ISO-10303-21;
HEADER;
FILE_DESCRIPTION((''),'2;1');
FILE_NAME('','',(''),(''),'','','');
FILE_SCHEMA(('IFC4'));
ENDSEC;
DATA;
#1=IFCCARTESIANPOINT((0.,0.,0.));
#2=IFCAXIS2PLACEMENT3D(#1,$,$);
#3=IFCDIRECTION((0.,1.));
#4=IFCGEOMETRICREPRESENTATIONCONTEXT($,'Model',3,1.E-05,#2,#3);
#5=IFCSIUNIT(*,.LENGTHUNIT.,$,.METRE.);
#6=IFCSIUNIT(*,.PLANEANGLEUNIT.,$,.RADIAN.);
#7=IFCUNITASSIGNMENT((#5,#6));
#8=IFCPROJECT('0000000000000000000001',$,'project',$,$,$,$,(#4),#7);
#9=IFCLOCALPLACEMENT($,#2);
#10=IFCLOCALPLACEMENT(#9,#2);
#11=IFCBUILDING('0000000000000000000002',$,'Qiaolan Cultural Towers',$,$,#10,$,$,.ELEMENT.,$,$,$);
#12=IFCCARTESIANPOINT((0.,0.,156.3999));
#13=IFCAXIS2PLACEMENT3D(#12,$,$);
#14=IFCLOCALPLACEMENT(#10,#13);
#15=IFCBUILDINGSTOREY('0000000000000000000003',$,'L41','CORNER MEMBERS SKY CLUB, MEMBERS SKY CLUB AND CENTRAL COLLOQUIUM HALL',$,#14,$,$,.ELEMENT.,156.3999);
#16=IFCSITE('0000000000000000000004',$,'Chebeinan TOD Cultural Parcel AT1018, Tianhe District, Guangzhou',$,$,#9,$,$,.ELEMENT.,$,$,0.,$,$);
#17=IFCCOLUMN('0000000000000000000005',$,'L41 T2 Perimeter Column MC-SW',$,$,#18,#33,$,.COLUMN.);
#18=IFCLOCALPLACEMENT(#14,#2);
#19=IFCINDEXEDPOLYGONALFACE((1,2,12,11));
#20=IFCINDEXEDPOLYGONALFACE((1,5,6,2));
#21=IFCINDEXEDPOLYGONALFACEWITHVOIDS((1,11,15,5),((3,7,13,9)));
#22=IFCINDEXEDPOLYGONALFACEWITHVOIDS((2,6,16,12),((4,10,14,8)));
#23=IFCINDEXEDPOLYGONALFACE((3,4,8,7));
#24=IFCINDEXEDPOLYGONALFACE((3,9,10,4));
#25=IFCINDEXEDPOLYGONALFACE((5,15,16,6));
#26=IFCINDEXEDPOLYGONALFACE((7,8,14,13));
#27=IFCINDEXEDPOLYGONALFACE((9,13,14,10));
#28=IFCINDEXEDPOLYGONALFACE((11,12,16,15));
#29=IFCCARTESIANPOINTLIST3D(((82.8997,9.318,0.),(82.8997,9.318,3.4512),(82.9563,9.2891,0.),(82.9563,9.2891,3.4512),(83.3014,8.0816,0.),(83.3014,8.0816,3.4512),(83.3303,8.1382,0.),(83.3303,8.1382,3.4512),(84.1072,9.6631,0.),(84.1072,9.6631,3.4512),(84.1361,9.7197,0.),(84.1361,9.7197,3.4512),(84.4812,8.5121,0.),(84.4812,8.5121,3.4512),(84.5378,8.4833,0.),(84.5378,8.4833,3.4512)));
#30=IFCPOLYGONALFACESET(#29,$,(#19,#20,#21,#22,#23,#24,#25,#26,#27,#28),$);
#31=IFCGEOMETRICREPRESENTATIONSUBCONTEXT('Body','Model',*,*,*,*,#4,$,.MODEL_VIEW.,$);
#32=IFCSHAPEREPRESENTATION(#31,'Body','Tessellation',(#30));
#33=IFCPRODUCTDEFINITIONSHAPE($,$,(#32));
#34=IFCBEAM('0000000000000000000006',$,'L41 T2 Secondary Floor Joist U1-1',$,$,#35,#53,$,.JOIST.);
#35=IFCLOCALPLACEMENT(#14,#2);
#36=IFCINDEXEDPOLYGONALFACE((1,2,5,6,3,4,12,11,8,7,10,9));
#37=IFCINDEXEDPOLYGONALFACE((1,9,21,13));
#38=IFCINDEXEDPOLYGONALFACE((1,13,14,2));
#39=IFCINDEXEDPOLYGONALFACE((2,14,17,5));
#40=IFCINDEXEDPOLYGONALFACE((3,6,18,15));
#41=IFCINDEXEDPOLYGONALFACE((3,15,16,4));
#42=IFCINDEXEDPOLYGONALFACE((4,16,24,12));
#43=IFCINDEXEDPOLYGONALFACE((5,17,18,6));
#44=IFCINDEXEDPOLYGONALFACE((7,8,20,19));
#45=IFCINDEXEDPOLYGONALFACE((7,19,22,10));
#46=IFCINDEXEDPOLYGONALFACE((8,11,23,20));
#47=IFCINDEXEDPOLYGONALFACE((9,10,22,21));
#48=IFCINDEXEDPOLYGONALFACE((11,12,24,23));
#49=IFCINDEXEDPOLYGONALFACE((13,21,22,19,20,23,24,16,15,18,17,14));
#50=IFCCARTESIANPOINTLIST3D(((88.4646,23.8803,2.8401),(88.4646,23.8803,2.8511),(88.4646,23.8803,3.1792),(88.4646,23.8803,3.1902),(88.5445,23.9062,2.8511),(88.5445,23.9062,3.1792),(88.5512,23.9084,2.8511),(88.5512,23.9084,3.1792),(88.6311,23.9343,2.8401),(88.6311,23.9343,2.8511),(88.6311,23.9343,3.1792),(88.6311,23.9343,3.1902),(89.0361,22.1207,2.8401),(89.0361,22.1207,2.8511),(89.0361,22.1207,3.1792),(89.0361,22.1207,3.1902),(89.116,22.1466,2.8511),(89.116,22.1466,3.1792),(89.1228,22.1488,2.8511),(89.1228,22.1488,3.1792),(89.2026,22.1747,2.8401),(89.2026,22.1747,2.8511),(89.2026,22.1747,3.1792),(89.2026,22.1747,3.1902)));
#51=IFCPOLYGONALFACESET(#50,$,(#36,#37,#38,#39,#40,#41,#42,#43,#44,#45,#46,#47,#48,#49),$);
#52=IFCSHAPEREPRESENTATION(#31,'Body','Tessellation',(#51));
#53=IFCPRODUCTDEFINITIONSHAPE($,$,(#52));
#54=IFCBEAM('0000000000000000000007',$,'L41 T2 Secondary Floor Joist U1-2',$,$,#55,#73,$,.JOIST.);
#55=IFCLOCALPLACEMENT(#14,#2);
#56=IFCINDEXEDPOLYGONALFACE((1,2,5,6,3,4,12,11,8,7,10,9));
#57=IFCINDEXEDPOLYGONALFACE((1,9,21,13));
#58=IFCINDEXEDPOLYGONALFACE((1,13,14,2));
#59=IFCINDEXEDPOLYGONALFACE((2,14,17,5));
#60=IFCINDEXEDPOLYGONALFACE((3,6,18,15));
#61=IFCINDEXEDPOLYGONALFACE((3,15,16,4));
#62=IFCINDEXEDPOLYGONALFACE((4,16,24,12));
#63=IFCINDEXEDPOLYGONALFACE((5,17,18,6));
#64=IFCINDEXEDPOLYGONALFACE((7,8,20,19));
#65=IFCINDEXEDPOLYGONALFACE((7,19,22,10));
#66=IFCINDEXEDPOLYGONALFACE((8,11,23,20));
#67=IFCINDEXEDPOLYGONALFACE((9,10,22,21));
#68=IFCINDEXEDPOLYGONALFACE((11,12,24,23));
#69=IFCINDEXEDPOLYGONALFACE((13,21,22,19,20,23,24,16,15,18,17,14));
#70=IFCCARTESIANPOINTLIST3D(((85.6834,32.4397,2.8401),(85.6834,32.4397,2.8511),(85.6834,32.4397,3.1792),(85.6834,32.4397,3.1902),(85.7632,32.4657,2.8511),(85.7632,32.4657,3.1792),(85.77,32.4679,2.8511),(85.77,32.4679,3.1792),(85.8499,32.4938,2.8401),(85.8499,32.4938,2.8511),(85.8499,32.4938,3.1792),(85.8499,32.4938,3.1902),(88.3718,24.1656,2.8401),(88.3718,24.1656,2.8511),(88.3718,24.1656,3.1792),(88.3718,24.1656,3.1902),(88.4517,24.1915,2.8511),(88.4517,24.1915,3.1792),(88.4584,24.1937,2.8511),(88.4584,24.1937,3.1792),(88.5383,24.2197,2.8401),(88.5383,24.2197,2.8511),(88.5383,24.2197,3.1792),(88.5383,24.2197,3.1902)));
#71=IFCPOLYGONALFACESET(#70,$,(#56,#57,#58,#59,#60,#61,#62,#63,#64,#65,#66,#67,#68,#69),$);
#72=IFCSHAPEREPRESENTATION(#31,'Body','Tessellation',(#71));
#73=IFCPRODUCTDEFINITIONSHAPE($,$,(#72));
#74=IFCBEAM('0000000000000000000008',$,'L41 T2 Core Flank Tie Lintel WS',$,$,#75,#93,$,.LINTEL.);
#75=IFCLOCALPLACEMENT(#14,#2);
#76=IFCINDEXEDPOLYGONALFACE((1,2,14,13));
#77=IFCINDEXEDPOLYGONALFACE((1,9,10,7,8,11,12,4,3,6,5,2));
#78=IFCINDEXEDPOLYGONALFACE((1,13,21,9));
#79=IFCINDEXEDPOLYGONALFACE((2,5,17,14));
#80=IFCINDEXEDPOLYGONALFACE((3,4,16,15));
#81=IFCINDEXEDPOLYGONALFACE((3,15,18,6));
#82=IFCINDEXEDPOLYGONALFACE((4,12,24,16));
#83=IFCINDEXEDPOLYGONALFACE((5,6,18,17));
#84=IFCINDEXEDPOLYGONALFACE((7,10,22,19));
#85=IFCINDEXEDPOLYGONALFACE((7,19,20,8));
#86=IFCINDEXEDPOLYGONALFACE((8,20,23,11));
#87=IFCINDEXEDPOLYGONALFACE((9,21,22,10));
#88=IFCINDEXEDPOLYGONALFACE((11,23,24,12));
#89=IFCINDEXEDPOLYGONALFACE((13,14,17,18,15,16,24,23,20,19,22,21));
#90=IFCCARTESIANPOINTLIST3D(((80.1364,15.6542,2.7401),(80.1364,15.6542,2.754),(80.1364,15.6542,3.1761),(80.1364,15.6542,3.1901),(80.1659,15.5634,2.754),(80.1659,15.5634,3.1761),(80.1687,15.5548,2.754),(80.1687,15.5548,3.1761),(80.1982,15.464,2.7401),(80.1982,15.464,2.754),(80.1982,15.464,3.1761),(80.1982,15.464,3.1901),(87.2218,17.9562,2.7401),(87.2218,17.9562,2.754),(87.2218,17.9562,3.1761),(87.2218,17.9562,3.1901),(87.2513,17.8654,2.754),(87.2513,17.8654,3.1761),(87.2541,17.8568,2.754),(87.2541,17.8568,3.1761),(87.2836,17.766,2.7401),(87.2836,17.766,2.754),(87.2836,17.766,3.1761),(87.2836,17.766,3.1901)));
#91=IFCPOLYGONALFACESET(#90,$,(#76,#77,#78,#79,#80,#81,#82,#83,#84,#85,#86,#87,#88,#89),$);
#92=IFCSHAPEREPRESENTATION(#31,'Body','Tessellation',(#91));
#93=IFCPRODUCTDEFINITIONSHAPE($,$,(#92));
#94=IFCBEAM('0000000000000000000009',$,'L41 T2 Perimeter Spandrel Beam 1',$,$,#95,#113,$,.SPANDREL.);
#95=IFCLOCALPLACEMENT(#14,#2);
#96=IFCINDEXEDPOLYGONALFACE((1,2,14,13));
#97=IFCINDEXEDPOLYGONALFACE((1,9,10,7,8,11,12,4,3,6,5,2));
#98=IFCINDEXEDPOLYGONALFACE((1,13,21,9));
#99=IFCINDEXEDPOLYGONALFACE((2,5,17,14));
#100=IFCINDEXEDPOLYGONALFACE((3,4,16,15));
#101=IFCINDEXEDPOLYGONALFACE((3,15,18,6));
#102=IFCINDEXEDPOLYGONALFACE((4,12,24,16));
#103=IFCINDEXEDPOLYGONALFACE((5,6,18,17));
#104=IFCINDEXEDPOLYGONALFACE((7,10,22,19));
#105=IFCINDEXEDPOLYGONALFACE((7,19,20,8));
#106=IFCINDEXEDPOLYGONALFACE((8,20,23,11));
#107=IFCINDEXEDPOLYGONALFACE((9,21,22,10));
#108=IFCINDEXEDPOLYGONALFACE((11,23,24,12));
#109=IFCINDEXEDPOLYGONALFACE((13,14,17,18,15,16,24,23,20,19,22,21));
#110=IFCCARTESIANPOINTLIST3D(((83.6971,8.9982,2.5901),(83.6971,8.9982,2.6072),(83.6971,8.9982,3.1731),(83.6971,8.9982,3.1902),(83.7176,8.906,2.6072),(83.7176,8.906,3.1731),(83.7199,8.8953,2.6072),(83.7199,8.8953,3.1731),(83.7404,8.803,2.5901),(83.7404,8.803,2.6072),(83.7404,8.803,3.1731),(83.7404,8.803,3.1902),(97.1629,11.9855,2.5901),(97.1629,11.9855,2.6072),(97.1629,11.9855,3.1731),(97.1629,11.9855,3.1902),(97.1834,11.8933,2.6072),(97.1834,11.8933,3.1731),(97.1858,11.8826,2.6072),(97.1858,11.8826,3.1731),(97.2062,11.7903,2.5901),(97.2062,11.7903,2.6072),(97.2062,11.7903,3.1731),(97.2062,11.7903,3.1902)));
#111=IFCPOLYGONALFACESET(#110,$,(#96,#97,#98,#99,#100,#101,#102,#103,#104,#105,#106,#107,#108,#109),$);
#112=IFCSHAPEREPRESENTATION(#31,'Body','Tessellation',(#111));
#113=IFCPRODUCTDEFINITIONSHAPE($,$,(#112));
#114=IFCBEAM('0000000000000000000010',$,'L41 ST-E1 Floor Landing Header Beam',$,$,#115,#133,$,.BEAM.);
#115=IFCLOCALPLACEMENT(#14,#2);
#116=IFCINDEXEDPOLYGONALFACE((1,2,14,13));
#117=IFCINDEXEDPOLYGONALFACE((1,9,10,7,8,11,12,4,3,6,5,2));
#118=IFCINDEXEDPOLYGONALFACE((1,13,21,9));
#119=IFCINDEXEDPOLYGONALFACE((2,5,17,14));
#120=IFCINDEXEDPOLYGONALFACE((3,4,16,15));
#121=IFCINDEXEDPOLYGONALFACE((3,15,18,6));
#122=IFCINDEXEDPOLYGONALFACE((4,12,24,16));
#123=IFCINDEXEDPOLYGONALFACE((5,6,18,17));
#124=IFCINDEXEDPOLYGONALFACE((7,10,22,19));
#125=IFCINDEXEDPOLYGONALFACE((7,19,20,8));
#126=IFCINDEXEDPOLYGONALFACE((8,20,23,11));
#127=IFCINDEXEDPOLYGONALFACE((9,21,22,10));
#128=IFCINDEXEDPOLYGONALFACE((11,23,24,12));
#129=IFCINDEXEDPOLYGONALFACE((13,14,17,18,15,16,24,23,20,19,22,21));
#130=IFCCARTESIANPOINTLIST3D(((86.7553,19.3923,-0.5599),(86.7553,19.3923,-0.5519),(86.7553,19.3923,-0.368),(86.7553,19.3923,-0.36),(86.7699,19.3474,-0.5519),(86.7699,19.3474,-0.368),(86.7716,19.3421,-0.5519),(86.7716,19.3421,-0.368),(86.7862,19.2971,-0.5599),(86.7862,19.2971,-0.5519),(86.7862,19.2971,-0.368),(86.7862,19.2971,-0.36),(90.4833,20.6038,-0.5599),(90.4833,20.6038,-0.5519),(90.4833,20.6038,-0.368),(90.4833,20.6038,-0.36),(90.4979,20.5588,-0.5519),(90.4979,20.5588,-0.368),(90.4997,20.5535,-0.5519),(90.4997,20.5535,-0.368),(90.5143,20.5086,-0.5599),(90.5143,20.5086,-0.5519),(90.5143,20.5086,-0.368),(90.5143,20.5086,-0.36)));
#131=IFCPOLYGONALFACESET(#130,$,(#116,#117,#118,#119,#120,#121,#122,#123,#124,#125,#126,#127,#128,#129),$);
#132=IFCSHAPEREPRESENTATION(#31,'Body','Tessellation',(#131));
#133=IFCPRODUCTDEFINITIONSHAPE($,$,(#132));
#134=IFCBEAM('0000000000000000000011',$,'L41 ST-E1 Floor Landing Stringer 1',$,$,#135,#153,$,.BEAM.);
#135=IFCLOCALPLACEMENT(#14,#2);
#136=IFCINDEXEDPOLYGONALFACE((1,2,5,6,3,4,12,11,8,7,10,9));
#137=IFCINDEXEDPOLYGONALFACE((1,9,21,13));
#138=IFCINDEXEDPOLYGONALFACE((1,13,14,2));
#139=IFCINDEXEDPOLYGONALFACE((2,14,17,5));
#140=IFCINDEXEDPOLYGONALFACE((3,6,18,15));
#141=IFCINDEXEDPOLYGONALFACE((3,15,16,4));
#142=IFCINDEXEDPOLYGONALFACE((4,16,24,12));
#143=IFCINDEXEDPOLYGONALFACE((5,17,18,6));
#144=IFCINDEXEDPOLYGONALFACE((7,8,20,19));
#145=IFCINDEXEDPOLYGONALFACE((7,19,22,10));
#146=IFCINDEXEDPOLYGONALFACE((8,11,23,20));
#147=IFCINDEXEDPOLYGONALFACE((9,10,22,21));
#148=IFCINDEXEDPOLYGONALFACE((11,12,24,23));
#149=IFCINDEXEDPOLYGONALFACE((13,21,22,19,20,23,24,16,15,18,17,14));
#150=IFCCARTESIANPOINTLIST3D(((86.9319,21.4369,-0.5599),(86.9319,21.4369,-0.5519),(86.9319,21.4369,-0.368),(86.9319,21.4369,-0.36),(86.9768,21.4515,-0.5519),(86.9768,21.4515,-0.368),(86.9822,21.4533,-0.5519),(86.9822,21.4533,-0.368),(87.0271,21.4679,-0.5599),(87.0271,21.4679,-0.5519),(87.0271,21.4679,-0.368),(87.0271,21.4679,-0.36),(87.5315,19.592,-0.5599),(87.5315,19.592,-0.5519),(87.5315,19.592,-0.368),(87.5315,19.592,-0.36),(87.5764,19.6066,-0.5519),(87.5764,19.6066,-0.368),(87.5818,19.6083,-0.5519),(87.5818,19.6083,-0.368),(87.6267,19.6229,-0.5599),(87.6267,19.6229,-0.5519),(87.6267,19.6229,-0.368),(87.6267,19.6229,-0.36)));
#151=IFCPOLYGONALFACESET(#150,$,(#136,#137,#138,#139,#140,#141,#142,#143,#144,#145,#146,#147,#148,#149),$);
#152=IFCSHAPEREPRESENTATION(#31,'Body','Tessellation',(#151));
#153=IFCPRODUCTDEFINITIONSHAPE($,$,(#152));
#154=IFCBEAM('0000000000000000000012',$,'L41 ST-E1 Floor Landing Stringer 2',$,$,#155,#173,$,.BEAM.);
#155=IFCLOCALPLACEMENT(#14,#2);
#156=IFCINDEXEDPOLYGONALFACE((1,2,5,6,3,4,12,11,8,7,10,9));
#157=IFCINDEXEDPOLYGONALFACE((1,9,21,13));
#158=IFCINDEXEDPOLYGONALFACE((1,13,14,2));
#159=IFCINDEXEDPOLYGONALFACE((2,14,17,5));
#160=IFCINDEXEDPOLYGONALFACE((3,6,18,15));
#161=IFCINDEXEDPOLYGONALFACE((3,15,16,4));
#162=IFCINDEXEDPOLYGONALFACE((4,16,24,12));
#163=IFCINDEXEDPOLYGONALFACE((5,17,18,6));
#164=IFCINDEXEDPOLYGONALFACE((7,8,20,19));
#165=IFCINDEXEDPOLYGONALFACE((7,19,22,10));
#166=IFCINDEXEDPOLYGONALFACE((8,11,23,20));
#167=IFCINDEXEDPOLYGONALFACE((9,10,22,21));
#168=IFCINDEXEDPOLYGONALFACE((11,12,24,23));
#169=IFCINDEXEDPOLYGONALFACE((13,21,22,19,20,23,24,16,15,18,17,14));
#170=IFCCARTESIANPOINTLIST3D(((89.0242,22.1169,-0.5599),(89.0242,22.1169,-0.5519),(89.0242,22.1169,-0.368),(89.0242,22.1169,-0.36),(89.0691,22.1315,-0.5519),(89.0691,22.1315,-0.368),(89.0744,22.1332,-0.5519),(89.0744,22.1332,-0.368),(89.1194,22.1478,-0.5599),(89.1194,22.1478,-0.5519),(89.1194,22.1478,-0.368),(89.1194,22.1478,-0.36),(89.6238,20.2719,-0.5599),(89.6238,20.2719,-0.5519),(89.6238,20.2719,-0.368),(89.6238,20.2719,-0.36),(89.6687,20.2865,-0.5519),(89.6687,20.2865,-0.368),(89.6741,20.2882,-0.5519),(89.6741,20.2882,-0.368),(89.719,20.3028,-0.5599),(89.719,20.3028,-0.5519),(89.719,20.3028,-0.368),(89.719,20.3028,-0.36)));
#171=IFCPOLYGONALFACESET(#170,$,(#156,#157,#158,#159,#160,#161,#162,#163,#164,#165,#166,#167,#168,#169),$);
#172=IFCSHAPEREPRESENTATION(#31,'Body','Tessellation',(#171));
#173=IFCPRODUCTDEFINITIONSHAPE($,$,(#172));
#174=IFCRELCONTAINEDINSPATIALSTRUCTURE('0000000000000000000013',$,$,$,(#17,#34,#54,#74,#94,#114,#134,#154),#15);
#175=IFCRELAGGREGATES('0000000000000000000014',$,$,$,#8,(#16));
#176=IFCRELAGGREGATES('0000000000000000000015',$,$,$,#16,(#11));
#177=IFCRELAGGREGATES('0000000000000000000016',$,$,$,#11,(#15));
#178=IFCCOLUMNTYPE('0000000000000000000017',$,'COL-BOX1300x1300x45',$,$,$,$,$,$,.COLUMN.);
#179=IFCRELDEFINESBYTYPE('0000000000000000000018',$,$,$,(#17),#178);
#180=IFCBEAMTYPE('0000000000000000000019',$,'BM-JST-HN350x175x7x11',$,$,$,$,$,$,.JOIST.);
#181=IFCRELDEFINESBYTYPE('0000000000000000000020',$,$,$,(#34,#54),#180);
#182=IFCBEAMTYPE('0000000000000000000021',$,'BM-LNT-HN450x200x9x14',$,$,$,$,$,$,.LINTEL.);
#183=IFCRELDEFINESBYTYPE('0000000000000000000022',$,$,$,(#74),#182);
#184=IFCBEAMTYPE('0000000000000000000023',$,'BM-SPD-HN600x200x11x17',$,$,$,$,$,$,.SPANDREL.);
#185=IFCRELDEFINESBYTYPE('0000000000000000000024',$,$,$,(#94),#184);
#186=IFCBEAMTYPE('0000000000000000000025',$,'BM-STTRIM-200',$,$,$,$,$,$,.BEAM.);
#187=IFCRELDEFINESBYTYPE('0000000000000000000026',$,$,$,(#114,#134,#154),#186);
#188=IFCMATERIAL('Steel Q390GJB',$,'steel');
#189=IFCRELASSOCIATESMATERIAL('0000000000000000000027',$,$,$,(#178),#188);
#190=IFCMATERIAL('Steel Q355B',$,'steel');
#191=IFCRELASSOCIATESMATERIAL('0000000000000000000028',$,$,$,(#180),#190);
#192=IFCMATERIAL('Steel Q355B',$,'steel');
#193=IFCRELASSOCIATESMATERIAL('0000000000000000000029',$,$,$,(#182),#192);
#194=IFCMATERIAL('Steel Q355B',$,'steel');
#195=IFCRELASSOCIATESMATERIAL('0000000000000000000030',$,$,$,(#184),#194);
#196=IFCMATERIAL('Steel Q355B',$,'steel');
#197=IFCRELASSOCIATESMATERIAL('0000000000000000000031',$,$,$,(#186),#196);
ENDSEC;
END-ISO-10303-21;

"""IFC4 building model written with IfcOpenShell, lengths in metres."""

from ifc_helpers import new_model, si_unit, direction, frame, origin, origin_2d, place, context, subcontext, project, spatial, hollow_rectangle, i_section, extrude, material, material_profile, profile_set, type_object, element, save


model = new_model("IFC4")

# Units and contexts
model_context = context("Model", 3, precision=1e-05, world=origin(), true_north=direction((0.0, 1.0)))
body_context = subcontext(model_context, "Body", "Model", "MODEL_VIEW")
ifc_project = project(units=[si_unit("LENGTHUNIT", "METRE"), si_unit("PLANEANGLEUNIT", "RADIAN")], contexts=[model_context])

# Site, building, storey
site_placement = place(None, origin())
site = spatial("IfcSite", under=ifc_project, at=site_placement, Name="Chebeinan TOD Cultural Parcel AT1018, Tianhe District, Guangzhou", CompositionType="ELEMENT", RefElevation=0.0)
building_placement = place(site_placement, origin())
building = spatial("IfcBuilding", under=site, at=building_placement, Name="Qiaolan Cultural Towers", CompositionType="ELEMENT")
storey_placement = place(building_placement, frame((0.0, 0.0, 156.3999)))
storey = spatial("IfcBuildingStorey", under=building, at=storey_placement, Name="L41", Description="CORNER MEMBERS SKY CLUB, MEMBERS SKY CLUB AND CENTRAL COLLOQUIUM HALL", CompositionType="ELEMENT", Elevation=156.3999)

# Column
ifc_material_1 = material(Name="Steel Q390GJB", Category="steel")
ifc_material_profile_1 = material_profile(ifc_material_1, hollow_rectangle(XDim=1.3, YDim=1.3, WallThickness=0.0449, at=origin_2d()), Name="BOX1300x1300x45")
ifc_profile_set_1 = profile_set([ifc_material_profile_1], Name="Steel Q390GJB")
column_type = type_object("IfcColumnType", Name="COL-BOX1300x1300x45", PredefinedType="COLUMN", material=ifc_profile_set_1)
column_placement = place(storey_placement, frame((83.7188, 8.9006, 0.0), z_axis=(0.0, 0.0, 1.0), x_axis=(0.951057, 0.309017, 0.0)))
element("IfcColumn", 1, at=column_placement, inside=storey, type_object=column_type, Name="L41 T2 Perimeter Column MC-SW", PredefinedType="COLUMN", context=body_context, shape_type="SweptSolid", body=[
    extrude(hollow_rectangle(XDim=1.3, YDim=1.3, WallThickness=0.0449, at=origin_2d()), origin(), (0.0, 0.0, 1.0), 3.4512),
])

# Beams
ifc_material_2 = material(Name="Steel Q355B", Category="steel")
ifc_material_profile_2 = material_profile(ifc_material_2, i_section(OverallWidth=0.175, OverallDepth=0.3501, WebThickness=0.0071, FlangeThickness=0.011, at=origin_2d()), Name="HN350x175x7x11")
ifc_profile_set_2 = profile_set([ifc_material_profile_2], Name="Steel Q355B")
beam_type_1 = type_object("IfcBeamType", Name="BM-JST-HN350x175x7x11", PredefinedType="JOIST", material=ifc_profile_set_2)
beam_1_placement = place(storey_placement, frame((89.1194, 22.1477, 3.0151), z_axis=(-0.308934, 0.951084, 0.0), x_axis=(-0.951084, -0.308934, 0.0)))
element("IfcBeam", 2, at=beam_1_placement, inside=storey, type_object=beam_type_1, Name="L41 T2 Secondary Floor Joist U1-1", PredefinedType="JOIST", context=body_context, shape_type="SweptSolid", body=[
    extrude(i_section(OverallWidth=0.175, OverallDepth=0.3501, WebThickness=0.0071, FlangeThickness=0.011, at=origin_2d()), origin(), (0.0, 0.0, 1.0), 1.8501),
])
beam_2_placement = place(storey_placement, frame((88.4551, 24.1926, 3.0151), z_axis=(-0.309021, 0.951055, 0.0), x_axis=(-0.951055, -0.309021, 0.0)))
element("IfcBeam", 3, at=beam_2_placement, inside=storey, type_object=beam_type_1, Name="L41 T2 Secondary Floor Joist U1-2", PredefinedType="JOIST", context=body_context, shape_type="SweptSolid", body=[
    extrude(i_section(OverallWidth=0.175, OverallDepth=0.3501, WebThickness=0.0071, FlangeThickness=0.011, at=origin_2d()), origin(), (0.0, 0.0, 1.0), 8.7),
])
ifc_material_3 = material(Name="Steel Q355B", Category="steel")
ifc_material_profile_3 = material_profile(ifc_material_3, i_section(OverallWidth=0.2, OverallDepth=0.45, WebThickness=0.009, FlangeThickness=0.0139, at=origin_2d()), Name="HN450x200x9x14")
ifc_profile_set_3 = profile_set([ifc_material_profile_3], Name="Steel Q355B")
beam_type_2 = type_object("IfcBeamType", Name="BM-LNT-HN450x200x9x14", PredefinedType="LINTEL", material=ifc_profile_set_3)
beam_3_placement = place(storey_placement, frame((87.2527, 17.8611, 2.9651), z_axis=(-0.951064, -0.308993, 0.0), x_axis=(0.308993, -0.951064, 0.0)))
element("IfcBeam", 4, at=beam_3_placement, inside=storey, type_object=beam_type_2, Name="L41 T2 Core Flank Tie Lintel WS", PredefinedType="LINTEL", context=body_context, shape_type="SweptSolid", body=[
    extrude(i_section(OverallWidth=0.2, OverallDepth=0.45, WebThickness=0.009, FlangeThickness=0.0139, at=origin_2d()), origin(), (0.0, 0.0, 1.0), 7.45),
])
ifc_material_4 = material(Name="Steel Q355B", Category="steel")
ifc_material_profile_4 = material_profile(ifc_material_4, i_section(OverallWidth=0.2, OverallDepth=0.6001, WebThickness=0.011, FlangeThickness=0.0171, at=origin_2d()), Name="HN600x200x11x17")
ifc_profile_set_4 = profile_set([ifc_material_profile_4], Name="Steel Q355B")
beam_type_3 = type_object("IfcBeamType", Name="BM-SPD-HN600x200x11x17", PredefinedType="SPANDREL", material=ifc_profile_set_4)
beam_4_placement = place(storey_placement, frame((83.7188, 8.9006, 2.8901), z_axis=(0.976265, 0.216578, 0.0), x_axis=(-0.216578, 0.976265, 0.0)))
element("IfcBeam", 5, at=beam_4_placement, inside=storey, type_object=beam_type_3, Name="L41 T2 Perimeter Spandrel Beam 1", PredefinedType="SPANDREL", context=body_context, shape_type="SweptSolid", body=[
    extrude(i_section(OverallWidth=0.2, OverallDepth=0.6001, WebThickness=0.011, FlangeThickness=0.0171, at=origin_2d()), origin(), (0.0, 0.0, 1.0), 13.7932),
])
ifc_material_5 = material(Name="Steel Q355B", Category="steel")
ifc_material_profile_5 = material_profile(ifc_material_5, i_section(OverallWidth=0.1001, OverallDepth=0.2, WebThickness=0.0056, FlangeThickness=0.0081, at=origin_2d()), Name="HN200x100x5.5x8")
ifc_profile_set_5 = profile_set([ifc_material_profile_5], Name="Steel Q355B")
beam_type_4 = type_object("IfcBeamType", Name="BM-STTRIM-200", PredefinedType="BEAM", material=ifc_profile_set_5)
beam_5_placement = place(storey_placement, frame((86.7708, 19.3447, -0.46), z_axis=(0.951048, 0.309044, 0.0), x_axis=(-0.309044, 0.951048, 0.0)))
element("IfcBeam", 6, at=beam_5_placement, inside=storey, type_object=beam_type_4, Name="L41 ST-E1 Floor Landing Header Beam", PredefinedType="BEAM", context=body_context, shape_type="SweptSolid", body=[
    extrude(i_section(OverallWidth=0.1001, OverallDepth=0.2, WebThickness=0.0056, FlangeThickness=0.0081, at=origin_2d()), origin(), (0.0, 0.0, 1.0), 3.9199),
])
for number, where, z_axis, x_axis, name in (
    (7, (86.9795, 21.4524, -0.46), (0.309083, -0.951035, 0.0), (0.951035, 0.309083, 0.0), "L41 ST-E1 Floor Landing Stringer 1"),
    (8, (89.0718, 22.1323, -0.46), (0.309083, -0.951035, 0.0), (0.951035, 0.309083, 0.0), "L41 ST-E1 Floor Landing Stringer 2"),
):
    element("IfcBeam", number, at=place(storey_placement, frame(where, z_axis=z_axis, x_axis=x_axis)), inside=storey, type_object=beam_type_4, Name=name, PredefinedType="BEAM", context=body_context, shape_type="SweptSolid", body=[
        extrude(i_section(OverallWidth=0.1001, OverallDepth=0.2, WebThickness=0.0056, FlangeThickness=0.0081, at=origin_2d()), origin(), (0.0, 0.0, 1.0), 1.9399),
    ])

save(model, "model.ifc")
